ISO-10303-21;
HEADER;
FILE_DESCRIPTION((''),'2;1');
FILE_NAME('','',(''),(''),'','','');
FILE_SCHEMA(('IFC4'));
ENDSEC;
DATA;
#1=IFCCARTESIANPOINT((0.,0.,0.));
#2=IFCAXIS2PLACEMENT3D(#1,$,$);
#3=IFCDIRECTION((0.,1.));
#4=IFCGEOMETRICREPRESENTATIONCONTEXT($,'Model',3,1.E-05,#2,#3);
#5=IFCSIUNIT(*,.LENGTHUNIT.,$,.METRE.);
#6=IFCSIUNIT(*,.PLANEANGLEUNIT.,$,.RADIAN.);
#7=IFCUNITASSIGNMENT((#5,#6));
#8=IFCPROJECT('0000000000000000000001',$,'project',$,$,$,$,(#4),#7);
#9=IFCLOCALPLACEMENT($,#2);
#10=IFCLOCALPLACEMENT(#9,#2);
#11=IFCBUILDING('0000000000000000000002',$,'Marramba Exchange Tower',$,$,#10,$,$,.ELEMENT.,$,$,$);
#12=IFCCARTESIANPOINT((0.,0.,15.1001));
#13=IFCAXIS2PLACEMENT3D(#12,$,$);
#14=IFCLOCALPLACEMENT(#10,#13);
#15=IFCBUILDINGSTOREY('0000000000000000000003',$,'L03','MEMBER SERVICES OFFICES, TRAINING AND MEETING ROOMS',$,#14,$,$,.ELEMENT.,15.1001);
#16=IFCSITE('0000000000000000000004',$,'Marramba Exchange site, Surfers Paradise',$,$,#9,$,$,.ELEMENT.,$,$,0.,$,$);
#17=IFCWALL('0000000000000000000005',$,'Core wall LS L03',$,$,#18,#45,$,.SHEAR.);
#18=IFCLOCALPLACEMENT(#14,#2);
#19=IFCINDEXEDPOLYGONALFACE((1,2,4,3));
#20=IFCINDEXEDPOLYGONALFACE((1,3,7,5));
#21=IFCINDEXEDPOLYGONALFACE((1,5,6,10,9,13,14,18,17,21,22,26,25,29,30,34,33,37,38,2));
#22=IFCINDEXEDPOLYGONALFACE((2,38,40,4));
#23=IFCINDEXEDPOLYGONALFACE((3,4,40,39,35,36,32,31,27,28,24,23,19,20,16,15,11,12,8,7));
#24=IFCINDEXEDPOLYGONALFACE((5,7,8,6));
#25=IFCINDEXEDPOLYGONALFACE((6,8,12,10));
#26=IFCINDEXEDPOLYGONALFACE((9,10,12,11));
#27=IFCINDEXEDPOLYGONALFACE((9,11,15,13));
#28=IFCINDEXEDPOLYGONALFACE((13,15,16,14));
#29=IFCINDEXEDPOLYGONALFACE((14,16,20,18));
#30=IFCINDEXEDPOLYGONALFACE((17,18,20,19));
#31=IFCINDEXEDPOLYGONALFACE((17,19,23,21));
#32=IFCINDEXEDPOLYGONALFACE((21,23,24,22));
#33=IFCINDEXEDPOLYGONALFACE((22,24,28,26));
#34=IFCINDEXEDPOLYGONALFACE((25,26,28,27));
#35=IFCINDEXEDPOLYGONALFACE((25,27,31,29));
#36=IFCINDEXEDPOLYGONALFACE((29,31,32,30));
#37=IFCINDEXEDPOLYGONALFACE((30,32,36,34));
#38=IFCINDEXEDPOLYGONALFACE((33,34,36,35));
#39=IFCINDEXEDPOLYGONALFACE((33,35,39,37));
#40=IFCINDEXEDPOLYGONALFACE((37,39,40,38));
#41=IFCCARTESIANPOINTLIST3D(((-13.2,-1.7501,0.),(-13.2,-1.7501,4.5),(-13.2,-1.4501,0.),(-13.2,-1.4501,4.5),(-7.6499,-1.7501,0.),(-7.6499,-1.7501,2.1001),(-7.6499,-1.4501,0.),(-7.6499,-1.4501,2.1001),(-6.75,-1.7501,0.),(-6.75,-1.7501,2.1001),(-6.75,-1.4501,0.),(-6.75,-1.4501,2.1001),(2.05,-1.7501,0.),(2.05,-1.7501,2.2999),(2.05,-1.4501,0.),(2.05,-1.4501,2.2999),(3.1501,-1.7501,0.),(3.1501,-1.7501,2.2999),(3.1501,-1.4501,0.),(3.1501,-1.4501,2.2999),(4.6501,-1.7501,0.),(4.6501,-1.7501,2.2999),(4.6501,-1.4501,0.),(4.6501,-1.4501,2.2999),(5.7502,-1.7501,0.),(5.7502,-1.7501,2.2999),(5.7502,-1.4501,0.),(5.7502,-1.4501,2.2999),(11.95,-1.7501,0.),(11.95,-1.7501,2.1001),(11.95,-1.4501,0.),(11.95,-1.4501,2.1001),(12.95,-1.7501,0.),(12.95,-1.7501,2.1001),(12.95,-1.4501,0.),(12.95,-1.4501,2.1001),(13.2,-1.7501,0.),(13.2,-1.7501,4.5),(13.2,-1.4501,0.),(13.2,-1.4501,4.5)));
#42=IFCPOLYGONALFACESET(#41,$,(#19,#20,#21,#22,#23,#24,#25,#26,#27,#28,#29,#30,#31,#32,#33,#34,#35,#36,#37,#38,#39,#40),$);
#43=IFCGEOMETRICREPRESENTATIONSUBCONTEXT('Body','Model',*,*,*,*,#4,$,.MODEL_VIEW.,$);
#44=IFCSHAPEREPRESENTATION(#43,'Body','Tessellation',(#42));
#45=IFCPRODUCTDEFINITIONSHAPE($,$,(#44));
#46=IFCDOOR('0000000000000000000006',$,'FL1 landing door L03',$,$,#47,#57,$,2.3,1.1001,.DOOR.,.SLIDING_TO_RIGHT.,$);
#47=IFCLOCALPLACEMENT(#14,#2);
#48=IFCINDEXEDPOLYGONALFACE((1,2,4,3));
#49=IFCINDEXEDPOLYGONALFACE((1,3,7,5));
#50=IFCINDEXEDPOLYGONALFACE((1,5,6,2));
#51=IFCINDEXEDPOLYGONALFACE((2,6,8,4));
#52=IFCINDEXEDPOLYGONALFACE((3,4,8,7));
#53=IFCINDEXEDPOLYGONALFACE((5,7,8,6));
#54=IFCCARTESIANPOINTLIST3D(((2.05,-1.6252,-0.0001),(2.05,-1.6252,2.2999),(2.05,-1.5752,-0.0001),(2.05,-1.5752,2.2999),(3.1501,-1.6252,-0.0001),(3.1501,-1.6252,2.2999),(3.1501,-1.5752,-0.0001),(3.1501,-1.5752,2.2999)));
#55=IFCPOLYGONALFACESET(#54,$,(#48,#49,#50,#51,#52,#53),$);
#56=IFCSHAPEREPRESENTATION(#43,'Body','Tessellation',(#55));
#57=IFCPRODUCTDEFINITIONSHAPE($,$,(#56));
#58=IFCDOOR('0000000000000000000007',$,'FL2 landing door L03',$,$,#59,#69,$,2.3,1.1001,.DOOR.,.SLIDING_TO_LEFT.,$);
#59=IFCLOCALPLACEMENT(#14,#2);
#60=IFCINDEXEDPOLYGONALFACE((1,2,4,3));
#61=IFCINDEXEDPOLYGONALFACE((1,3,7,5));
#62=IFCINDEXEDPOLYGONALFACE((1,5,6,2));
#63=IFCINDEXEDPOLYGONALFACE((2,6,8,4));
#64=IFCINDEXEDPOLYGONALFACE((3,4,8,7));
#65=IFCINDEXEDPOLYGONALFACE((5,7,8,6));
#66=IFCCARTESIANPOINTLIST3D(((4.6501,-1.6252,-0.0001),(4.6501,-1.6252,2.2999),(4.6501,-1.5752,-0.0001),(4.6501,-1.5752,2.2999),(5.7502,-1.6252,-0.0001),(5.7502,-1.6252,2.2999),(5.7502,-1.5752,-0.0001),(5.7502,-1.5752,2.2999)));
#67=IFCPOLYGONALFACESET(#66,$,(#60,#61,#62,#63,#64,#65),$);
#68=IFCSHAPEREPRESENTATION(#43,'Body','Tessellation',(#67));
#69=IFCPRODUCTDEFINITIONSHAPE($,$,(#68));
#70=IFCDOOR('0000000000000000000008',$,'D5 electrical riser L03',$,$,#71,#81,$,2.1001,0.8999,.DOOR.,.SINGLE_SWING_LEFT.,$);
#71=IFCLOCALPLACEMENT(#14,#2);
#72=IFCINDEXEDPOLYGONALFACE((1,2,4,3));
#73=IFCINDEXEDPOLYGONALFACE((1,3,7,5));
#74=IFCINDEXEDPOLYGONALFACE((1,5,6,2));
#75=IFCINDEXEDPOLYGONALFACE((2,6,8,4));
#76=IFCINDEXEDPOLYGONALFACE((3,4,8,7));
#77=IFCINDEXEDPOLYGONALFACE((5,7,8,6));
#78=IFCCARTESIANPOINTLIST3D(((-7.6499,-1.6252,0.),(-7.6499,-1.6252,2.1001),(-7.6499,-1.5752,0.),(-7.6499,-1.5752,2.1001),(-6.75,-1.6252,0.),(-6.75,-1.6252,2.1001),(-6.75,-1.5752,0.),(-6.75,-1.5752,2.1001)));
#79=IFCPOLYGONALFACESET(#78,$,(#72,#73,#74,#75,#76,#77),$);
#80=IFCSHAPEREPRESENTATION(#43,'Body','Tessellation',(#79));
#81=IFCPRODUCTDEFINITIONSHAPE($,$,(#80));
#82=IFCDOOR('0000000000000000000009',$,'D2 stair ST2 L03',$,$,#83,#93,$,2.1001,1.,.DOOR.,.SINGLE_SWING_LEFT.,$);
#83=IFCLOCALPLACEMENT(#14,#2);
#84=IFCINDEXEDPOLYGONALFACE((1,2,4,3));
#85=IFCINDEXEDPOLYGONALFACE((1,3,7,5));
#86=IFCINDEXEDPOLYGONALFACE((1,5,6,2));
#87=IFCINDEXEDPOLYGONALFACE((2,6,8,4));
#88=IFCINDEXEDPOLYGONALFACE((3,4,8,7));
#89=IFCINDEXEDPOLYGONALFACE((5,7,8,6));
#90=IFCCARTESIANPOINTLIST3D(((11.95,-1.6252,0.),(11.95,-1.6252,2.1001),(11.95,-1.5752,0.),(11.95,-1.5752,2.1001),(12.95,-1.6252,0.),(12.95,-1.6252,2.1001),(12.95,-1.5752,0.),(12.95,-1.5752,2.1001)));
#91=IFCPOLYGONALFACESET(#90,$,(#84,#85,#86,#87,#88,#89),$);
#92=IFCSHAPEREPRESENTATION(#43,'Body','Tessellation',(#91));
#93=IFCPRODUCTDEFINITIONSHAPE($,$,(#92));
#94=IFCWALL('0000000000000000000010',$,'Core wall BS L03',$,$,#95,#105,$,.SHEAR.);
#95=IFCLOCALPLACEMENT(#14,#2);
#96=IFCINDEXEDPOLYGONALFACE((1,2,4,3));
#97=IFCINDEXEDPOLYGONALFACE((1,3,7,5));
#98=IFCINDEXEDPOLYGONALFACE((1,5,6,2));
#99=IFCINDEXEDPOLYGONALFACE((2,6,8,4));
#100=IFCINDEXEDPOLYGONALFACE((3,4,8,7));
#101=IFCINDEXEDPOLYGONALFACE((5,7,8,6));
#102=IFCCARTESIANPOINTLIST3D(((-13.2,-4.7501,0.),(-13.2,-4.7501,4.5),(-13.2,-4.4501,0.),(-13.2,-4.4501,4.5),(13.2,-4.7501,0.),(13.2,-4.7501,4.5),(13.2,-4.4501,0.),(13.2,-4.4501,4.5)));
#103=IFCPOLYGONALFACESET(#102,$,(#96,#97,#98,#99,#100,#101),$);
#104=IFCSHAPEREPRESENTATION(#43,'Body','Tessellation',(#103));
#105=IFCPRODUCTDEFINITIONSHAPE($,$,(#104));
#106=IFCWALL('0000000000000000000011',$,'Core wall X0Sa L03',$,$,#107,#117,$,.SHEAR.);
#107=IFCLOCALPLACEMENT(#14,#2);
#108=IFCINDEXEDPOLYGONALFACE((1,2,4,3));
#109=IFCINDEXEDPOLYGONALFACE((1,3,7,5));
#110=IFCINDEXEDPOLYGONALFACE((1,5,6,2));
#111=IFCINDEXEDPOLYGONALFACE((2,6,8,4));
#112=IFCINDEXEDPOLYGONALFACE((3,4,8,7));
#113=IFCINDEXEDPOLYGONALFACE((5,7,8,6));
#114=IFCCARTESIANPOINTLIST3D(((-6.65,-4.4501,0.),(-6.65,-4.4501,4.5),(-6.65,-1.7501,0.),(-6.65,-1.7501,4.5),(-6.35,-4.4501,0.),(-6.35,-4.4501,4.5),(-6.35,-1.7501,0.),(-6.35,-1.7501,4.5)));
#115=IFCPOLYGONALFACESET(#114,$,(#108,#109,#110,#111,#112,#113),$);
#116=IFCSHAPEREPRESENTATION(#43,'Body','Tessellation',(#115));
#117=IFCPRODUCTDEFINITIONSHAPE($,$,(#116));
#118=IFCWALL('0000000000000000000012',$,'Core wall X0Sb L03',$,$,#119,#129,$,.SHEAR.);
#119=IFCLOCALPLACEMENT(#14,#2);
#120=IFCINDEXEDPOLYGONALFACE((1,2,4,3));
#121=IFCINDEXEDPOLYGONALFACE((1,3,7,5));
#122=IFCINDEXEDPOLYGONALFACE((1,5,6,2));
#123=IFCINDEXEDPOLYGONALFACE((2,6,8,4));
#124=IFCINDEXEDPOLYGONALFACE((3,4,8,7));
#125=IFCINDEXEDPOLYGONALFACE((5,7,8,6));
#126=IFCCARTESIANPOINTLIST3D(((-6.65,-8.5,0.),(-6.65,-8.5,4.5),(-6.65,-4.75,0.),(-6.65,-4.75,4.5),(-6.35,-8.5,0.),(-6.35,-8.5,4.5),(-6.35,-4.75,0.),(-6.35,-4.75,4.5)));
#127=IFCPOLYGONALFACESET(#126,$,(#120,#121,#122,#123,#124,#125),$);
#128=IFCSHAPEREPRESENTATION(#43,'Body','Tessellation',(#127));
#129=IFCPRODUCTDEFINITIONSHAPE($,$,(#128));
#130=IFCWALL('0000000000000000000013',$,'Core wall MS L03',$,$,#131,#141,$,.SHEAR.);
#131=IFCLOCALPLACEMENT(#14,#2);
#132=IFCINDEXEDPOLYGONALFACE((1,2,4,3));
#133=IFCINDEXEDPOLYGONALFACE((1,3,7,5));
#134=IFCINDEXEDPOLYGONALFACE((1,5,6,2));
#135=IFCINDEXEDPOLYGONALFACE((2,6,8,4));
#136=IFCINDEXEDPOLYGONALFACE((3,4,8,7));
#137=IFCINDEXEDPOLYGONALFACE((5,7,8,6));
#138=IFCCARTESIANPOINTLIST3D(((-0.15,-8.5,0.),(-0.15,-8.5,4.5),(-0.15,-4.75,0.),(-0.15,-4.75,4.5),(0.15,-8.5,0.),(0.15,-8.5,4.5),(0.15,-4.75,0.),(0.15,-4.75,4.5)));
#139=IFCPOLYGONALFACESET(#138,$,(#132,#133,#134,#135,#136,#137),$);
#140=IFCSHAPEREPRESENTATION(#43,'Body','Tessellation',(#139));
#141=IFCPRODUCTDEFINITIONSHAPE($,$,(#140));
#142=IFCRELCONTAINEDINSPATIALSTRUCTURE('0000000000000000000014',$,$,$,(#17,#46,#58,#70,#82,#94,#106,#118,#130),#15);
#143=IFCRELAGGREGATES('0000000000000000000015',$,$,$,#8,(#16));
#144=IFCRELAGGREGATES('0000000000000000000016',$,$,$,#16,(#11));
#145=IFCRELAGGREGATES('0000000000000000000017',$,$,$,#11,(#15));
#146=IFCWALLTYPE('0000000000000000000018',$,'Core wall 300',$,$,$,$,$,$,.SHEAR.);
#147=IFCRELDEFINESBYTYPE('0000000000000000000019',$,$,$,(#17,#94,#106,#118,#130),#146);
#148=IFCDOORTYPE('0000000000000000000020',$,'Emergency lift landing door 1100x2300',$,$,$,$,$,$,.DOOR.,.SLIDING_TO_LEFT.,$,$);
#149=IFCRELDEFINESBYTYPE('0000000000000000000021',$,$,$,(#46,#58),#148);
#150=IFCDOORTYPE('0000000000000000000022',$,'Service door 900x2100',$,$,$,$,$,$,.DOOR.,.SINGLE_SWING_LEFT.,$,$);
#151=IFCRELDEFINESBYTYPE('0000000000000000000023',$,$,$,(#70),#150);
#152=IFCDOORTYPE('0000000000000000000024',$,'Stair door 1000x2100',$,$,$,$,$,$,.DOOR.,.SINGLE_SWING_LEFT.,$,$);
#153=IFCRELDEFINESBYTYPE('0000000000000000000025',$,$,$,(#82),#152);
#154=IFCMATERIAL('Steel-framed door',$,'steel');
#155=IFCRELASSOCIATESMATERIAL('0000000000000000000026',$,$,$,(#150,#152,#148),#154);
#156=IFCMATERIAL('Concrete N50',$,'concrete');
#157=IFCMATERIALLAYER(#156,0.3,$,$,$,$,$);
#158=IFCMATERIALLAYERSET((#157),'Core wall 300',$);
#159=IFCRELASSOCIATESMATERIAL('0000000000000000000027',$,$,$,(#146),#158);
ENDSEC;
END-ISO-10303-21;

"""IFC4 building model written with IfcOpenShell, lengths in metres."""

from ifc_helpers import new_model, si_unit, direction, frame, frame_2d, origin, place, context, subcontext, project, spatial, rectangle, extrude, material, layer, layer_set, type_object, element, fill, save


model = new_model("IFC4")

# Units and contexts
model_context = context("Model", 3, precision=1e-05, world=origin(), true_north=direction((0.0, 1.0)))
body_context = subcontext(model_context, "Body", "Model", "MODEL_VIEW")
ifc_project = project(units=[si_unit("LENGTHUNIT", "METRE"), si_unit("PLANEANGLEUNIT", "RADIAN")], contexts=[model_context])

# Site, building, storey
site_placement = place(None, origin())
site = spatial("IfcSite", under=ifc_project, at=site_placement, Name="Marramba Exchange site, Surfers Paradise", CompositionType="ELEMENT", RefElevation=0.0)
building_placement = place(site_placement, origin())
building = spatial("IfcBuilding", under=site, at=building_placement, Name="Marramba Exchange Tower", CompositionType="ELEMENT")
storey_placement = place(building_placement, frame((0.0, 0.0, 15.1001)))
storey = spatial("IfcBuildingStorey", under=building, at=storey_placement, Name="L03", Description="MEMBER SERVICES OFFICES, TRAINING AND MEETING ROOMS", CompositionType="ELEMENT", Elevation=15.1001)

# Shared definitions
ifc_material_1 = material(Name="Concrete N50", Category="concrete")

# Wall, openings, doors
ifc_material_2 = material(Name="Steel-framed door", Category="steel")
door_type_1 = type_object("IfcDoorType", Name="Service door 900x2100", OperationType="SINGLE_SWING_LEFT", PredefinedType="DOOR", material=ifc_material_2)
door_type_2 = type_object("IfcDoorType", Name="Stair door 1000x2100", OperationType="SINGLE_SWING_LEFT", PredefinedType="DOOR", material=ifc_material_2)
ifc_layer_1 = layer(ifc_material_1, 0.3)
ifc_layer_set_1 = layer_set([ifc_layer_1], Name="Core wall 300")
wall_type_1 = type_object("IfcWallType", Name="Core wall 300", PredefinedType="SHEAR", material=ifc_layer_set_1)
wall_1_placement = place(storey_placement, frame((-13.2, -1.6001, 0.0), z_axis=(0.0, 0.0, 1.0), x_axis=(1.0, 0.0, 0.0)))
wall_1 = element("IfcWall", 1, at=wall_1_placement, inside=storey, type_object=wall_type_1, Name="Core wall LS L03", PredefinedType="SHEAR", context=body_context, shape_type="SweptSolid", body=[
    extrude(rectangle(XDim=26.3999, YDim=0.3, at=frame_2d((13.2, 0.0))), origin(), (0.0, 0.0, 1.0), 4.5),
])
opening_1_placement = place(wall_1_placement, frame((25.1499, 0.0, 0.0)))
opening_1 = element("IfcOpeningElement", 2, at=opening_1_placement, cuts=wall_1, PredefinedType="OPENING", context=body_context, shape_type="SweptSolid", body=[
    extrude(rectangle(XDim=1.0, YDim=2.1001, at=frame_2d((0.5, 1.05))), frame((0.0, 0.1599, 0.0), z_axis=(0.0, -1.0, 0.0), x_axis=(1.0, 0.0, 0.0)), (0.0, 0.0, 1.0), 0.3201),
])
opening_2_placement = place(wall_1_placement, frame((15.25, 0.0, 0.0)))
opening_2 = element("IfcOpeningElement", 3, at=opening_2_placement, cuts=wall_1, PredefinedType="OPENING", context=body_context, shape_type="SweptSolid", body=[
    extrude(rectangle(XDim=1.1001, YDim=2.3, at=frame_2d((0.55, 1.1499))), frame((0.0, 0.1599, 0.0), z_axis=(0.0, -1.0, 0.0), x_axis=(1.0, 0.0, 0.0)), (0.0, 0.0, 1.0), 0.3201),
])
opening_3_placement = place(wall_1_placement, frame((17.8501, 0.0, 0.0)))
opening_3 = element("IfcOpeningElement", 4, at=opening_3_placement, cuts=wall_1, PredefinedType="OPENING", context=body_context, shape_type="SweptSolid", body=[
    extrude(rectangle(XDim=1.1001, YDim=2.3, at=frame_2d((0.55, 1.1499))), frame((0.0, 0.1599, 0.0), z_axis=(0.0, -1.0, 0.0), x_axis=(1.0, 0.0, 0.0)), (0.0, 0.0, 1.0), 0.3201),
])
opening_4_placement = place(wall_1_placement, frame((5.55, 0.0, 0.0)))
opening_4 = element("IfcOpeningElement", 5, at=opening_4_placement, cuts=wall_1, PredefinedType="OPENING", context=body_context, shape_type="SweptSolid", body=[
    extrude(rectangle(XDim=0.8999, YDim=2.1001, at=frame_2d((0.45, 1.05))), frame((0.0, 0.1599, 0.0), z_axis=(0.0, -1.0, 0.0), x_axis=(1.0, 0.0, 0.0)), (0.0, 0.0, 1.0), 0.3201),
])
door_type_3 = type_object("IfcDoorType", Name="Emergency lift landing door 1100x2300", OperationType="SLIDING_TO_LEFT", PredefinedType="DOOR", material=ifc_material_2)
door_1_placement = place(opening_2_placement, frame((1.1001, 0.0, 0.0), z_axis=(0.0, 0.0, 1.0), x_axis=(-1.0, 0.0, 0.0)))
door_1 = element("IfcDoor", 6, at=door_1_placement, inside=storey, type_object=door_type_3, Name="FL1 landing door L03", OperationType="SLIDING_TO_RIGHT", OverallHeight=2.3, OverallWidth=1.1001, PredefinedType="DOOR", context=body_context, shape_type="SweptSolid", body=[
    extrude(rectangle(XDim=1.1001, YDim=2.3, at=frame_2d((0.55, 1.1499))), frame((0.0, 0.0251, 0.0), z_axis=(0.0, -1.0, 0.0), x_axis=(1.0, 0.0, 0.0)), (0.0, 0.0, 1.0), 0.05),
])
fill(opening_2, door_1)
door_2_placement = place(opening_3_placement, frame((1.1001, 0.0, 0.0), z_axis=(0.0, 0.0, 1.0), x_axis=(-1.0, 0.0, 0.0)))
door_2 = element("IfcDoor", 7, at=door_2_placement, inside=storey, type_object=door_type_3, Name="FL2 landing door L03", OperationType="SLIDING_TO_LEFT", OverallHeight=2.3, OverallWidth=1.1001, PredefinedType="DOOR", context=body_context, shape_type="SweptSolid", body=[
    extrude(rectangle(XDim=1.1001, YDim=2.3, at=frame_2d((0.55, 1.1499))), frame((0.0, 0.0251, 0.0), z_axis=(0.0, -1.0, 0.0), x_axis=(1.0, 0.0, 0.0)), (0.0, 0.0, 1.0), 0.05),
])
fill(opening_3, door_2)
door_3_placement = place(opening_4_placement, frame((0.8999, 0.0, 0.0), z_axis=(0.0, 0.0, 1.0), x_axis=(-1.0, 0.0, 0.0)))
door_3 = element("IfcDoor", 8, at=door_3_placement, inside=storey, type_object=door_type_1, Name="D5 electrical riser L03", OperationType="SINGLE_SWING_LEFT", OverallHeight=2.1001, OverallWidth=0.8999, PredefinedType="DOOR", context=body_context, shape_type="SweptSolid", body=[
    extrude(rectangle(XDim=0.8999, YDim=2.1001, at=frame_2d((0.45, 1.05))), frame((0.0, 0.0251, 0.0), z_axis=(0.0, -1.0, 0.0), x_axis=(1.0, 0.0, 0.0)), (0.0, 0.0, 1.0), 0.05),
])
fill(opening_4, door_3)
door_4_placement = place(opening_1_placement, frame((1.0, 0.0, 0.0), z_axis=(0.0, 0.0, 1.0), x_axis=(-1.0, 0.0, 0.0)))
door_4 = element("IfcDoor", 9, at=door_4_placement, inside=storey, type_object=door_type_2, Name="D2 stair ST2 L03", OperationType="SINGLE_SWING_LEFT", OverallHeight=2.1001, OverallWidth=1.0, PredefinedType="DOOR", context=body_context, shape_type="SweptSolid", body=[
    extrude(rectangle(XDim=1.0, YDim=2.1001, at=frame_2d((0.5, 1.05))), frame((0.0, 0.0251, 0.0), z_axis=(0.0, -1.0, 0.0), x_axis=(1.0, 0.0, 0.0)), (0.0, 0.0, 1.0), 0.05),
])
fill(opening_1, door_4)

# Walls
wall_2_placement = place(storey_placement, frame((-13.2, -4.6001, 0.0), z_axis=(0.0, 0.0, 1.0), x_axis=(1.0, 0.0, 0.0)))
element("IfcWall", 10, at=wall_2_placement, inside=storey, type_object=wall_type_1, Name="Core wall BS L03", PredefinedType="SHEAR", context=body_context, shape_type="SweptSolid", body=[
    extrude(rectangle(XDim=26.3999, YDim=0.3, at=frame_2d((13.2, 0.0))), origin(), (0.0, 0.0, 1.0), 4.5),
])
wall_3_placement = place(storey_placement, frame((-6.5, -1.75, 0.0), z_axis=(0.0, 0.0, 1.0), x_axis=(0.0, -1.0, 0.0)))
element("IfcWall", 11, at=wall_3_placement, inside=storey, type_object=wall_type_1, Name="Core wall X0Sa L03", PredefinedType="SHEAR", context=body_context, shape_type="SweptSolid", body=[
    extrude(rectangle(XDim=2.7, YDim=0.3, at=frame_2d((1.3501, 0.0))), origin(), (0.0, 0.0, 1.0), 4.5),
])
for number, where, z_axis, x_axis, name in (
    (12, (-6.5, -4.75, 0.0), (0.0, 0.0, 1.0), (0.0, -1.0, 0.0), "Core wall X0Sb L03"),
    (13, (0.0, -4.75, 0.0), (0.0, 0.0, 1.0), (0.0, -1.0, 0.0), "Core wall MS L03"),
):
    element("IfcWall", number, at=place(storey_placement, frame(where, z_axis=z_axis, x_axis=x_axis)), inside=storey, type_object=wall_type_1, Name=name, PredefinedType="SHEAR", context=body_context, shape_type="SweptSolid", body=[
        extrude(rectangle(XDim=3.75, YDim=0.3, at=frame_2d((1.875, 0.0))), origin(), (0.0, 0.0, 1.0), 4.5),
    ])

save(model, "model.ifc")
